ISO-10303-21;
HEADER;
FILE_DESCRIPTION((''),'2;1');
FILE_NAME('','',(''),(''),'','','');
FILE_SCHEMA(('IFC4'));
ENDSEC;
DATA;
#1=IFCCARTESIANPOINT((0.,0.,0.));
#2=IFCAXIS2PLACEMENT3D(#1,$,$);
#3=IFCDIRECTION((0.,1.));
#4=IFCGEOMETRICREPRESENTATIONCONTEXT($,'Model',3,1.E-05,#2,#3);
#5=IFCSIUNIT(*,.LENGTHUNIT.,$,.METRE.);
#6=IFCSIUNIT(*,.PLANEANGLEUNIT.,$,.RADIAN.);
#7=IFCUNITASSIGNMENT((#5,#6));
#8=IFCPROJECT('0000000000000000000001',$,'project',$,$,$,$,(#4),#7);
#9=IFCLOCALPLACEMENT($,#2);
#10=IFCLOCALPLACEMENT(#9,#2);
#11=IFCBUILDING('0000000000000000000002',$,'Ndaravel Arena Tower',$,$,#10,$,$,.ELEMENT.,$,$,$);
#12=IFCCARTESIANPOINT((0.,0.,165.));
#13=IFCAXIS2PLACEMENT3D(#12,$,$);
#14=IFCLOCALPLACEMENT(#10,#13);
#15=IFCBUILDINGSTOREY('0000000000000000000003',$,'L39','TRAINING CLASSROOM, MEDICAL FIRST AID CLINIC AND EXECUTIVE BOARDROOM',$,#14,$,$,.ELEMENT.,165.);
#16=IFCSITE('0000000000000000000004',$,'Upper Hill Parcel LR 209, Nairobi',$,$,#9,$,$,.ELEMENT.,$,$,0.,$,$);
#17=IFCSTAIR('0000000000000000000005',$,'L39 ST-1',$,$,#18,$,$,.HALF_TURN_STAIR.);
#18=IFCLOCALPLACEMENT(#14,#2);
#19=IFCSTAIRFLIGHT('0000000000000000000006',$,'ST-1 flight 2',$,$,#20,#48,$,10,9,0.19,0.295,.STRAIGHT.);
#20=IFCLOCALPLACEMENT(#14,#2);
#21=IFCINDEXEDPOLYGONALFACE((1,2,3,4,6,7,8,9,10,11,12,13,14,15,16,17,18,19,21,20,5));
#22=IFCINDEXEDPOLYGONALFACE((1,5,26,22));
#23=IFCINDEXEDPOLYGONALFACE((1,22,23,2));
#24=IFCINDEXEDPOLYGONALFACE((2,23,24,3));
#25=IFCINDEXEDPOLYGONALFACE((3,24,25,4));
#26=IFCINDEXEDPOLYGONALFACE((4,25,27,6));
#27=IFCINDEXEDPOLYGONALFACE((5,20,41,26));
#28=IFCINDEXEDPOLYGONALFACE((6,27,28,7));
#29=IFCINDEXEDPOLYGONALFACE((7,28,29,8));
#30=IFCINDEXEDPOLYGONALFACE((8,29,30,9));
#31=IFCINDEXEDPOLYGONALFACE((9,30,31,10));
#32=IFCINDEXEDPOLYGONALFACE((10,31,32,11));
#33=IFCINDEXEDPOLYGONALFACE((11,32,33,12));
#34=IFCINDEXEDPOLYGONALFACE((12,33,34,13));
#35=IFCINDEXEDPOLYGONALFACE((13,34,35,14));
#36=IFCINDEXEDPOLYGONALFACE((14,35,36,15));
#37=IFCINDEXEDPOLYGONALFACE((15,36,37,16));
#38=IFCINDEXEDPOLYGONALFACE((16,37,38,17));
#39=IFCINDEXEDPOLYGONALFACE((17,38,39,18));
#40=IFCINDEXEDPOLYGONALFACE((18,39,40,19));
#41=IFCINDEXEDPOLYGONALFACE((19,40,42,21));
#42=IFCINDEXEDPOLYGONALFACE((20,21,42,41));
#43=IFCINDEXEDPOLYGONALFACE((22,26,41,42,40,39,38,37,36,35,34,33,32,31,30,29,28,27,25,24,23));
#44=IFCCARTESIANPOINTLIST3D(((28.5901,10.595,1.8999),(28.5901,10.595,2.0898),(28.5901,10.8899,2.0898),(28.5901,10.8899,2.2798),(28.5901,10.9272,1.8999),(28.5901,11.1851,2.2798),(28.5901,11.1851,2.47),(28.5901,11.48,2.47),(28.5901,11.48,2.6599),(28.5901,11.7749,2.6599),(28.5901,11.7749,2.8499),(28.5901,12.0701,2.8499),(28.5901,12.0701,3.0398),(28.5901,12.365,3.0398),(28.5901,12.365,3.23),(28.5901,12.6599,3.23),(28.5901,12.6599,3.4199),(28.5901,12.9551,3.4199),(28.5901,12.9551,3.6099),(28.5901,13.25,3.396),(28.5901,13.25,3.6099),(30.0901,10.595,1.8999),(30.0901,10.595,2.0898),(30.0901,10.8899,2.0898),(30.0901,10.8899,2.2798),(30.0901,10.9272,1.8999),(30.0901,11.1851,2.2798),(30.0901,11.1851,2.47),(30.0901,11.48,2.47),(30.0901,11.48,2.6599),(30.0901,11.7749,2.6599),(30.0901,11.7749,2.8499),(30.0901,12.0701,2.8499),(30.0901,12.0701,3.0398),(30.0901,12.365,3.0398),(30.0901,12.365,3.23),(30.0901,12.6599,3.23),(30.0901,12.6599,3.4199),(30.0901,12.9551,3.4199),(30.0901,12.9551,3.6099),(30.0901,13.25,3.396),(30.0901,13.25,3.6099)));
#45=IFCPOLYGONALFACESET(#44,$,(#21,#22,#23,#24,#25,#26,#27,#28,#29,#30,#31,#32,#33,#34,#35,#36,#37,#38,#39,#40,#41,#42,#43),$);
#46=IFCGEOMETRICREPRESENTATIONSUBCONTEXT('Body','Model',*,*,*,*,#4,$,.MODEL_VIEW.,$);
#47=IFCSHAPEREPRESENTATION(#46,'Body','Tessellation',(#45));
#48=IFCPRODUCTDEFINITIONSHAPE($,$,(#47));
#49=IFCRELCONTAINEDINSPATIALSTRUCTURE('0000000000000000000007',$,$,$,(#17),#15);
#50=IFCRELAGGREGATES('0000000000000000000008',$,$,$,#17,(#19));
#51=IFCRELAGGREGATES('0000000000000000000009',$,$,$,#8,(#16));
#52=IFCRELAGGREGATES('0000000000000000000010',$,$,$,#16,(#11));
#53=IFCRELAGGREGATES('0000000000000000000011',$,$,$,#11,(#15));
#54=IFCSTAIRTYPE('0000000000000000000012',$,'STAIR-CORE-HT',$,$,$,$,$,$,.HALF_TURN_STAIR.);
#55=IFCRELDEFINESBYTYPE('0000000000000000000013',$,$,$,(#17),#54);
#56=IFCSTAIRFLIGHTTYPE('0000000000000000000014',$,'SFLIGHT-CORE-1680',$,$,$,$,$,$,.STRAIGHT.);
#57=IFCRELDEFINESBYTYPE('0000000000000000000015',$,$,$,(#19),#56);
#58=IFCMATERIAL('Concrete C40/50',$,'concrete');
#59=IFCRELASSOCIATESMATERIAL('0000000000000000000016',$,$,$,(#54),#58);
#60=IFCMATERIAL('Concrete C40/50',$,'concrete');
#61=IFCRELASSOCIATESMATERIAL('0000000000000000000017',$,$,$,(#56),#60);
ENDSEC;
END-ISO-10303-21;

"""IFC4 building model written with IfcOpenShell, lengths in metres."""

from ifc_helpers import new_model, si_unit, direction, frame, origin, place, context, subcontext, project, spatial, polyline, outline, extrude, material, type_object, element, aggregate, save


model = new_model("IFC4")

# Units and contexts
model_context = context("Model", 3, precision=1e-05, world=origin(), true_north=direction((0.0, 1.0)))
body_context = subcontext(model_context, "Body", "Model", "MODEL_VIEW")
ifc_project = project(units=[si_unit("LENGTHUNIT", "METRE"), si_unit("PLANEANGLEUNIT", "RADIAN")], contexts=[model_context])

# Site, building, storey
site_placement = place(None, origin())
site = spatial("IfcSite", under=ifc_project, at=site_placement, Name="Upper Hill Parcel LR 209, Nairobi", CompositionType="ELEMENT", RefElevation=0.0)
building_placement = place(site_placement, origin())
building = spatial("IfcBuilding", under=site, at=building_placement, Name="Ndaravel Arena Tower", CompositionType="ELEMENT")
storey_placement = place(building_placement, frame((0.0, 0.0, 165.0)))
storey = spatial("IfcBuildingStorey", under=building, at=storey_placement, Name="L39", Description="TRAINING CLASSROOM, MEDICAL FIRST AID CLINIC AND EXECUTIVE BOARDROOM", CompositionType="ELEMENT", Elevation=165.0)

# Stair, stair flight
ifc_material_1 = material(Name="Concrete C40/50", Category="concrete")
stair_type = type_object("IfcStairType", Name="STAIR-CORE-HT", PredefinedType="HALF_TURN_STAIR", material=ifc_material_1)
stair_placement = place(storey_placement, origin())
stair = element("IfcStair", 1, at=stair_placement, inside=storey, type_object=stair_type, Name="L39 ST-1", PredefinedType="HALF_TURN_STAIR")
ifc_material_2 = material(Name="Concrete C40/50", Category="concrete")
stair_flight_type = type_object("IfcStairFlightType", Name="SFLIGHT-CORE-1680", PredefinedType="STRAIGHT", material=ifc_material_2)
stair_flight_placement = place(storey_placement, frame((29.3401, 10.595, 1.8999), z_axis=(0.0, 0.0, 1.0), x_axis=(0.0, 1.0, 0.0)))
stair_flight = element("IfcStairFlight", 2, at=stair_flight_placement, type_object=stair_flight_type, Name="ST-1 flight 2", NumberOfRisers=10, NumberOfTreads=9, PredefinedType="STRAIGHT", RiserHeight=0.19, TreadLength=0.295, context=body_context, shape_type="SweptSolid", body=[
    extrude(outline(polyline([(0.0, 0.0), (0.0, 0.1899), (0.2949, 0.1899), (0.2949, 0.3799), (0.5901, 0.3799), (0.5901, 0.5701), (0.885, 0.5701), (0.885, 0.76), (1.1799, 0.76), (1.1799, 0.95), (1.4751, 0.95), (1.4751, 1.1399), (1.77, 1.1399), (1.77, 1.3301), (2.0649, 1.3301), (2.0649, 1.52), (2.3601, 1.52), (2.3601, 1.71), (2.655, 1.71), (2.655, 1.8999), (2.655, 1.4961), (0.3323, 0.0), (0.0, 0.0)])), frame((0.0, 0.75, 0.0), z_axis=(0.0, -1.0, 0.0), x_axis=(1.0, 0.0, 0.0)), (0.0, 0.0, 1.0), 1.5),
])
aggregate(stair, [stair_flight])

save(model, "model.ifc")
